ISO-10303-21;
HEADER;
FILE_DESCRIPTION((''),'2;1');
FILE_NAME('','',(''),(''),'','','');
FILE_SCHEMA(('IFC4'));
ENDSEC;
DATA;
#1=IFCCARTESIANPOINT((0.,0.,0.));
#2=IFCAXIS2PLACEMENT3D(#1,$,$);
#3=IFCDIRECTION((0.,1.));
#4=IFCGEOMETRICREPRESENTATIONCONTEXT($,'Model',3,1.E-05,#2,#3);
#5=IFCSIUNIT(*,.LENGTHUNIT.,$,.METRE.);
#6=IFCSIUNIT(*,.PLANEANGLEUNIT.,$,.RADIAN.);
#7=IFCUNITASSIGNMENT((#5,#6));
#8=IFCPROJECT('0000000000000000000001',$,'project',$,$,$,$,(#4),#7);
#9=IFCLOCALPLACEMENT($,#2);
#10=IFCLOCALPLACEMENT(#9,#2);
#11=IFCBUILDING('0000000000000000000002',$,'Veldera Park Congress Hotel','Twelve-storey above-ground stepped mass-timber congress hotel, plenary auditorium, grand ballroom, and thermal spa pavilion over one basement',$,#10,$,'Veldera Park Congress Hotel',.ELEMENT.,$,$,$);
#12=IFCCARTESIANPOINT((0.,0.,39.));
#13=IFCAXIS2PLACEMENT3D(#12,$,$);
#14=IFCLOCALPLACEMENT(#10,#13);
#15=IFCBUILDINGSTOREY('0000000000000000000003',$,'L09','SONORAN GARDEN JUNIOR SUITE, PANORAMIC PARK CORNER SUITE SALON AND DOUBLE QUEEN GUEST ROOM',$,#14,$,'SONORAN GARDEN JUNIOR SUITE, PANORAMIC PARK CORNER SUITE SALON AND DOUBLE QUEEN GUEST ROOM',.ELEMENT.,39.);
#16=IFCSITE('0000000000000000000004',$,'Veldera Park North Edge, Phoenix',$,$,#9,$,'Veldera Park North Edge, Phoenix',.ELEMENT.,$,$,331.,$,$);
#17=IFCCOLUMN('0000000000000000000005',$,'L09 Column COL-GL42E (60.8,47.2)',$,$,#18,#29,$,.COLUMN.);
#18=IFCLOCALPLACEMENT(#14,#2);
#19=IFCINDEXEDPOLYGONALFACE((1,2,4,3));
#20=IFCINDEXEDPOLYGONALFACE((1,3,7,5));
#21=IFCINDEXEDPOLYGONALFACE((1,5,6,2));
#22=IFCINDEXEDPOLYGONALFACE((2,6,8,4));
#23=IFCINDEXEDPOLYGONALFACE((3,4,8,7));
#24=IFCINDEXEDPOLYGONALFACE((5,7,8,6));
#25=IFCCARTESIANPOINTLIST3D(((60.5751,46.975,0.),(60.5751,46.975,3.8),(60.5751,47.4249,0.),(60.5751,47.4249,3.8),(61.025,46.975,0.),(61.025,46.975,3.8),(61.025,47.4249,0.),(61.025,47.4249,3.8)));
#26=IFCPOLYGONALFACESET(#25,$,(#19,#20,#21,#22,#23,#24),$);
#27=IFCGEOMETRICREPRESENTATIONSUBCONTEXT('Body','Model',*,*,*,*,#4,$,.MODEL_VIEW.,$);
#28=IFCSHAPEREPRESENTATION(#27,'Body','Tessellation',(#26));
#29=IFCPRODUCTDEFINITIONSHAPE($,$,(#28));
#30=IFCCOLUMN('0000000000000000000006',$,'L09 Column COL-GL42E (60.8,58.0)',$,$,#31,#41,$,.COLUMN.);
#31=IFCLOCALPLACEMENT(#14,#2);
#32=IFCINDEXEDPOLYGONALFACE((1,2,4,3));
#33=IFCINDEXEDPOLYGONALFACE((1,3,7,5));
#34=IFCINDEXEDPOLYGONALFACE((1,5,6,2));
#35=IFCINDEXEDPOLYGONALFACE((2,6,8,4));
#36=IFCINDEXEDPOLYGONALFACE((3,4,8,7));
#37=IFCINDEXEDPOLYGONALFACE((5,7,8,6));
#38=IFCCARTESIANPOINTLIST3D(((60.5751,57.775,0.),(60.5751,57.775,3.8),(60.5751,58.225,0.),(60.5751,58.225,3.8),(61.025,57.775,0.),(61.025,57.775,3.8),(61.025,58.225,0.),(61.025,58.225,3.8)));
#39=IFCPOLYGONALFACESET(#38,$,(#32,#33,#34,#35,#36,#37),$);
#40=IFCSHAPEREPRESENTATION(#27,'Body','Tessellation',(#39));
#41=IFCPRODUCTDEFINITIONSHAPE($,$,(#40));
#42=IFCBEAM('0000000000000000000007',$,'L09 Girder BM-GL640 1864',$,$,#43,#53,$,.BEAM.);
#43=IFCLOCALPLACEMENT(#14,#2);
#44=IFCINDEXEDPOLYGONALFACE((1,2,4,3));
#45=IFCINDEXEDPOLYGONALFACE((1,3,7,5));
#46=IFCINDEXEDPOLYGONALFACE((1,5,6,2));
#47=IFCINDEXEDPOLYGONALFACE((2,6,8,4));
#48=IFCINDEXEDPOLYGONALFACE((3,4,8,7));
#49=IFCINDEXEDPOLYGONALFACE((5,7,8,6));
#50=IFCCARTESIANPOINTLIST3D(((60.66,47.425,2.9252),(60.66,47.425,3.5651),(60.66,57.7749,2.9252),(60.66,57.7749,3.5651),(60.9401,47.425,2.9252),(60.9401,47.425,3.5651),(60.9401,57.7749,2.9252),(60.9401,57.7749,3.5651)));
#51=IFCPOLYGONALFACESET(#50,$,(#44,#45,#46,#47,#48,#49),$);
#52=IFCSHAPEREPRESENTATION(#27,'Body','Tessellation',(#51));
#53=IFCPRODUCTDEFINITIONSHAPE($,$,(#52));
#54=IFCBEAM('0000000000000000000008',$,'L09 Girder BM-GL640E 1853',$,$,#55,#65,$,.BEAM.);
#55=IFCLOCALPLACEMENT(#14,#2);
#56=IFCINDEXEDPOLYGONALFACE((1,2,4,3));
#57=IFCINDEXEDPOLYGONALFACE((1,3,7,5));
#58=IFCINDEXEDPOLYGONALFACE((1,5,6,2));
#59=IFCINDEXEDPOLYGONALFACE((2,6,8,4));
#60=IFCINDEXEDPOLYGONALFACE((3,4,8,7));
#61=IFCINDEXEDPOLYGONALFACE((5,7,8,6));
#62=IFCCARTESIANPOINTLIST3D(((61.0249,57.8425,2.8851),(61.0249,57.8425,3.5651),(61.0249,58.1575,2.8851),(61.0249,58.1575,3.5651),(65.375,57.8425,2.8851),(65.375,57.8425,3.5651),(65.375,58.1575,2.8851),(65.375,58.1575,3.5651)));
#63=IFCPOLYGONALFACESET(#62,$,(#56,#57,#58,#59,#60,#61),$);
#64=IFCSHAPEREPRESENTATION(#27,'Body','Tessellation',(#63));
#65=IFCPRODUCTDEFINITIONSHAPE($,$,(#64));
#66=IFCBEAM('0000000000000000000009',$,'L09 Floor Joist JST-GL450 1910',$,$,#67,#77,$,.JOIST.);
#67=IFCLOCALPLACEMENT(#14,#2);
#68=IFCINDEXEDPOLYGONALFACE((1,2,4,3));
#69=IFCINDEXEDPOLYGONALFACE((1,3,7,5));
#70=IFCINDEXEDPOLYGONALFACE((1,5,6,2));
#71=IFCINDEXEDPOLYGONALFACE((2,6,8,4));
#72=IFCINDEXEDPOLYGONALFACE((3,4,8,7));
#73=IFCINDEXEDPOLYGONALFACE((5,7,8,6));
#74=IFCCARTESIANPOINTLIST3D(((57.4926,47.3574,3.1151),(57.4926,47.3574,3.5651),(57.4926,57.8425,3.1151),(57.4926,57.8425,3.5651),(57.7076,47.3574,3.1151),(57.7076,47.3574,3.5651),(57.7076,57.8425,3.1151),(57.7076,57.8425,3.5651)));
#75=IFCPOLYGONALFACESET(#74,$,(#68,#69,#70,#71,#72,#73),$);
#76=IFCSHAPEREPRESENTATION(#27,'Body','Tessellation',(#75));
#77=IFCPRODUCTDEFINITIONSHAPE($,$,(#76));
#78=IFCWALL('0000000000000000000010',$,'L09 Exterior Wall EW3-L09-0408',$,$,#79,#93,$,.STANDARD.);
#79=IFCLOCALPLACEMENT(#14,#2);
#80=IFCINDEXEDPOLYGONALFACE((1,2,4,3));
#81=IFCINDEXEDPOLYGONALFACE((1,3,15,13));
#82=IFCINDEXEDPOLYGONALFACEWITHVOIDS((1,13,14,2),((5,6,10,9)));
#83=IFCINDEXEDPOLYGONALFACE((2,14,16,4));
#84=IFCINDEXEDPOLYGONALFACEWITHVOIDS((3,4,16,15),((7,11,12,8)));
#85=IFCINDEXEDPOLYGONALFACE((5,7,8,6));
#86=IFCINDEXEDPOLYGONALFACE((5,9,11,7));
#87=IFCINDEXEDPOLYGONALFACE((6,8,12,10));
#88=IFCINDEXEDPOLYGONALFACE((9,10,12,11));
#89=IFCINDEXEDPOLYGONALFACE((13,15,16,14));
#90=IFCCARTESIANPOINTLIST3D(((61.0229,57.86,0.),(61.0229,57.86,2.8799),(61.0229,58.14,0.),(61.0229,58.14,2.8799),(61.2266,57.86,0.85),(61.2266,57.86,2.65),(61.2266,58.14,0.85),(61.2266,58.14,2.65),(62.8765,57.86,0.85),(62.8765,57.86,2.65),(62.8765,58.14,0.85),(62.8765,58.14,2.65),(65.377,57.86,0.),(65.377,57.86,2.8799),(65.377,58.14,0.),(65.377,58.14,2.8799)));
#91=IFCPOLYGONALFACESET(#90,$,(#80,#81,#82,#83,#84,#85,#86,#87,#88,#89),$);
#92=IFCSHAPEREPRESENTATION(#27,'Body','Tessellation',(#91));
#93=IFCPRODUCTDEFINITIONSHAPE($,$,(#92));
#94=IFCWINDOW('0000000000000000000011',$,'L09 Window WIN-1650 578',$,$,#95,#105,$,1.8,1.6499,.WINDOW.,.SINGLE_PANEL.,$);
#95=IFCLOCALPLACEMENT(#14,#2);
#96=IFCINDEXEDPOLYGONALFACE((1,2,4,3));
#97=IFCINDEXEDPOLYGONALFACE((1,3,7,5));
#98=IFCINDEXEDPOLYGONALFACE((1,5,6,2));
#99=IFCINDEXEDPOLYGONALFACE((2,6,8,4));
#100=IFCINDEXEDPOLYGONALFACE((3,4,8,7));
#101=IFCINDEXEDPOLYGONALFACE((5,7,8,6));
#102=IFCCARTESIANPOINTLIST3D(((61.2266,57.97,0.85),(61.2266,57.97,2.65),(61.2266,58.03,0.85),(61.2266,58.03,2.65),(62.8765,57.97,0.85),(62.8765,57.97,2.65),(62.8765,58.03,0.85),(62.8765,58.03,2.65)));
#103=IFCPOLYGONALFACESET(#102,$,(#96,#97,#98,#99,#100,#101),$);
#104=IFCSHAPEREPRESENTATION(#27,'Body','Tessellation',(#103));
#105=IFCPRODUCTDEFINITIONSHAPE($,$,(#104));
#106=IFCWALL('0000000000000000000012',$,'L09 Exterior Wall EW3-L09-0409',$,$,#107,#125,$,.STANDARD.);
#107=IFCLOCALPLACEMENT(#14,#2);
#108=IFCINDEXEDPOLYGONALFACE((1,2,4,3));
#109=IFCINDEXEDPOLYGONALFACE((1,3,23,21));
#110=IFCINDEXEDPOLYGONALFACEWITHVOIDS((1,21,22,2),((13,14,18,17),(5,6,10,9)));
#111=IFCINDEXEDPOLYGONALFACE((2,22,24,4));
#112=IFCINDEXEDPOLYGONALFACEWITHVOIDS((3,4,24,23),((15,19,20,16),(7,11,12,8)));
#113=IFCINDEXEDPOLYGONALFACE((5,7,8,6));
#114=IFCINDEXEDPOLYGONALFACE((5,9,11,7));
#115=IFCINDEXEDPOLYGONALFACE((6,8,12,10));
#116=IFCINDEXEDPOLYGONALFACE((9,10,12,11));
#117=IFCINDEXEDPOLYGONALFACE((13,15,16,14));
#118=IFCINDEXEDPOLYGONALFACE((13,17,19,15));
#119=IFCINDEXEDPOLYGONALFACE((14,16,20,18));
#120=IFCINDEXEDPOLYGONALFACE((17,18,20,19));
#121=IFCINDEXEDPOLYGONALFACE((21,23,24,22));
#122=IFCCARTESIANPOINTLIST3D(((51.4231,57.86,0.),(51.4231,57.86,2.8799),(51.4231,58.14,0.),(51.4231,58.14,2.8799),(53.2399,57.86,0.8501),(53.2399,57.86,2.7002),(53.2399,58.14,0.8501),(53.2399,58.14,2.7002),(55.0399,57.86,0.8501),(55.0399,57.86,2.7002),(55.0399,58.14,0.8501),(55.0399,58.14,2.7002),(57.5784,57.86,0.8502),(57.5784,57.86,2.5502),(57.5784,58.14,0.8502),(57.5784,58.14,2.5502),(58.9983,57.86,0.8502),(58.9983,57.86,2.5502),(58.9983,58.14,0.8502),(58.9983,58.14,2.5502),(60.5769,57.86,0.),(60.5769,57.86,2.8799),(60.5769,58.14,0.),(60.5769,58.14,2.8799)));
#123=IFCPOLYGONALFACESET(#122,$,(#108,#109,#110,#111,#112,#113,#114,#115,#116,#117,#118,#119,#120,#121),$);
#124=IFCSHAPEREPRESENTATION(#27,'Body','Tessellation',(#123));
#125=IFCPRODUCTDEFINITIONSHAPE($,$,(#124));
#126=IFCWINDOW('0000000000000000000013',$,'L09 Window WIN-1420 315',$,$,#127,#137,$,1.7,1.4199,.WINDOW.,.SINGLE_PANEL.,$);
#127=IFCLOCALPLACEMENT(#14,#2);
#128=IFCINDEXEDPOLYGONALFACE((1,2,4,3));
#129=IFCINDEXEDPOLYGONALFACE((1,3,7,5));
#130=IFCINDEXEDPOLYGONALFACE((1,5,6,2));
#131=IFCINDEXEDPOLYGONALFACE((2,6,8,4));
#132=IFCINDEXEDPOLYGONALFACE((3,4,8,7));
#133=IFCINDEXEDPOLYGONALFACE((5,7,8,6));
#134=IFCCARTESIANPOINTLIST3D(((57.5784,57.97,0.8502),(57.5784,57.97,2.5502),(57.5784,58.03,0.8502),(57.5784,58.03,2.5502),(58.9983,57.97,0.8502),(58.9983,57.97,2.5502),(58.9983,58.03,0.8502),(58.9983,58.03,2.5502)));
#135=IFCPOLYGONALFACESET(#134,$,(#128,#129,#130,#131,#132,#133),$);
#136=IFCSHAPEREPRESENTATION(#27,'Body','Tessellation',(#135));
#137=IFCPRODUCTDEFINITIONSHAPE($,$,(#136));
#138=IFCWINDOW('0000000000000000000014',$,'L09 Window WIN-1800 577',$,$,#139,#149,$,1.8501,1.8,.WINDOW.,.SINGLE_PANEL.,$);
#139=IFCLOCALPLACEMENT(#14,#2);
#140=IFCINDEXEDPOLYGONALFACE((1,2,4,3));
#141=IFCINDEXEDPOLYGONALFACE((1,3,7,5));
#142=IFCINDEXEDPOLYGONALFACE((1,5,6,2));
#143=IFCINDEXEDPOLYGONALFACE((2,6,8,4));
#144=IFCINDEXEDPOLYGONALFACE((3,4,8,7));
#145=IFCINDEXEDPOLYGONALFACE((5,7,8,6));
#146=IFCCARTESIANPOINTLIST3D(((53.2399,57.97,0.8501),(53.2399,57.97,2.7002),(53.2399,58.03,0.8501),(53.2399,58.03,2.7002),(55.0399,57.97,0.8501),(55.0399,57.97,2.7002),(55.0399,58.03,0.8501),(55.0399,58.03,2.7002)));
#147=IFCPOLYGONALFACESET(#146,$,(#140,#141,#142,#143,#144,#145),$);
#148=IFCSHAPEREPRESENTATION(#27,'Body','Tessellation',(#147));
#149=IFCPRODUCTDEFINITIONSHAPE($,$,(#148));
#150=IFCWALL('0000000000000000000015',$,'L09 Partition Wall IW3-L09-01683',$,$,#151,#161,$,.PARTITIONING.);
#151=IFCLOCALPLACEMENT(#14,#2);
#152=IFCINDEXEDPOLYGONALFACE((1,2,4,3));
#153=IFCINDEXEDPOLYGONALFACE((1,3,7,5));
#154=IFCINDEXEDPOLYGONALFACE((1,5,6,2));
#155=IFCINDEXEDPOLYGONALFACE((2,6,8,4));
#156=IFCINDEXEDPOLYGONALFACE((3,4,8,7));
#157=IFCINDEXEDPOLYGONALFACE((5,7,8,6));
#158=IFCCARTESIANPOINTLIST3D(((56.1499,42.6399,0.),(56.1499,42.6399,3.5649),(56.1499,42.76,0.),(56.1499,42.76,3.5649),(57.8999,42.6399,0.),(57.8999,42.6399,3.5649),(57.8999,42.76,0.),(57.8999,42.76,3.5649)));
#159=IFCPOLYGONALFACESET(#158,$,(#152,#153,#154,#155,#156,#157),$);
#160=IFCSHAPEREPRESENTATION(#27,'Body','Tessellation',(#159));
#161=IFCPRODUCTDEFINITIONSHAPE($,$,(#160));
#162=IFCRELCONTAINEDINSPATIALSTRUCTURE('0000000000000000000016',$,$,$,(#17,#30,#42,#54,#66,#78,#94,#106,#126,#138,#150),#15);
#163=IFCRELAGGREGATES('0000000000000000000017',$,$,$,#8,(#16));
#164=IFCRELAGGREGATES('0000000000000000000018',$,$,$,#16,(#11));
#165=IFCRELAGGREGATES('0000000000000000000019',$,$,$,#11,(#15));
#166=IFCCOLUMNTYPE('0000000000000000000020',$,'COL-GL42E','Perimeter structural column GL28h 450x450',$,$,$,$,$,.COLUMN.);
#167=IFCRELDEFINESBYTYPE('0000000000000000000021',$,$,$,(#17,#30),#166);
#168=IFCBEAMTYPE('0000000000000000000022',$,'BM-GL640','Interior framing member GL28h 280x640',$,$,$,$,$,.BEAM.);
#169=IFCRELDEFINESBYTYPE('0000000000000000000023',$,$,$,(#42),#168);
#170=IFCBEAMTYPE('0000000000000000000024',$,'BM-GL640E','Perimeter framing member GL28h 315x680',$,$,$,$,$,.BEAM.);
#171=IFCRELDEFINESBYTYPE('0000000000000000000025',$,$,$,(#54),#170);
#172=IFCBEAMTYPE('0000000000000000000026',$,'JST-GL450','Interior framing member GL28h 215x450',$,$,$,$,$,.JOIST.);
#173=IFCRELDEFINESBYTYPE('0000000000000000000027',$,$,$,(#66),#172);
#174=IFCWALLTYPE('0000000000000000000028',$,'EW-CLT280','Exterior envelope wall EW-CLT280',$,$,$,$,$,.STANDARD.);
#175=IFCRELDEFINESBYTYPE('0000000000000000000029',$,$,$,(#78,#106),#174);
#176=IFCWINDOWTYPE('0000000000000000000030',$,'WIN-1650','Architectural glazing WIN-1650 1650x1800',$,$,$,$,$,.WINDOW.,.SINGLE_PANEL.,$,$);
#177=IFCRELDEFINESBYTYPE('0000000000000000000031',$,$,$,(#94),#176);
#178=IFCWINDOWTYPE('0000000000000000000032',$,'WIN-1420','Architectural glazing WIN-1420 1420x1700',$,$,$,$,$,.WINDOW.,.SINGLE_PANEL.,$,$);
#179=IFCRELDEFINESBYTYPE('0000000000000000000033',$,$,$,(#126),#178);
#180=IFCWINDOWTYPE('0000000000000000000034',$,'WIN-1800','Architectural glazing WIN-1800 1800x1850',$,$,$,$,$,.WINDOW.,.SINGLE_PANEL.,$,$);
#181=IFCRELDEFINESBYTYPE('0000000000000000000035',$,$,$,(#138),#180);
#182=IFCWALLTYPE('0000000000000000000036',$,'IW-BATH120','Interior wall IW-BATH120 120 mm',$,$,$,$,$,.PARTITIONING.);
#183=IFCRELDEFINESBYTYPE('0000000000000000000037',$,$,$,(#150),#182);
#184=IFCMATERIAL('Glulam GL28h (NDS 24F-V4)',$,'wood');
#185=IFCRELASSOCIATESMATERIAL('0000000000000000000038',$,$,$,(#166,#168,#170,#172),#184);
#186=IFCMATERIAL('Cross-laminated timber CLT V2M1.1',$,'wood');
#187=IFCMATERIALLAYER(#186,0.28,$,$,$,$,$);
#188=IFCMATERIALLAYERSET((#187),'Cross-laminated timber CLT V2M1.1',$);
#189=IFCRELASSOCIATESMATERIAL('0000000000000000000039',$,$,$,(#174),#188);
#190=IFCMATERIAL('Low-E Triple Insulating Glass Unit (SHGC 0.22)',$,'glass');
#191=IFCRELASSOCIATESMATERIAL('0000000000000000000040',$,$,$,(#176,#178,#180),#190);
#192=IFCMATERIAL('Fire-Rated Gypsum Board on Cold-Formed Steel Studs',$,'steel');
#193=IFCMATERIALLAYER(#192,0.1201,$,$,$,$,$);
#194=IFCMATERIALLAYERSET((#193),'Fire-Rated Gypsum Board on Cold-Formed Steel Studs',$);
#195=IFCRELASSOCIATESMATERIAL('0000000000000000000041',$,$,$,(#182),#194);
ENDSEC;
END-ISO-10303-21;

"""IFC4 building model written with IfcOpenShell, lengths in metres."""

from ifc_helpers import new_model, si_unit, direction, frame, frame_2d, origin, origin_2d, place, context, subcontext, project, spatial, rectangle, extrude, material, layer, layer_set, material_profile, profile_set, type_object, element, fill, save


model = new_model("IFC4")

# Units and contexts
model_context = context("Model", 3, precision=1e-05, world=origin(), true_north=direction((0.0, 1.0)))
body_context = subcontext(model_context, "Body", "Model", "MODEL_VIEW")
ifc_project = project(units=[si_unit("LENGTHUNIT", "METRE"), si_unit("PLANEANGLEUNIT", "RADIAN")], contexts=[model_context])

# Site, building, storey
site_placement = place(None, origin())
site = spatial("IfcSite", under=ifc_project, at=site_placement, Name="Veldera Park North Edge, Phoenix", LongName="Veldera Park North Edge, Phoenix", CompositionType="ELEMENT", RefElevation=331.0)
building_placement = place(site_placement, origin())
building = spatial("IfcBuilding", under=site, at=building_placement, Name="Veldera Park Congress Hotel", Description="Twelve-storey above-ground stepped mass-timber congress hotel, plenary auditorium, grand ballroom, and thermal spa pavilion over one basement", LongName="Veldera Park Congress Hotel", CompositionType="ELEMENT")
storey_placement = place(building_placement, frame((0.0, 0.0, 39.0)))
storey = spatial("IfcBuildingStorey", under=building, at=storey_placement, Name="L09", Description="SONORAN GARDEN JUNIOR SUITE, PANORAMIC PARK CORNER SUITE SALON AND DOUBLE QUEEN GUEST ROOM", LongName="SONORAN GARDEN JUNIOR SUITE, PANORAMIC PARK CORNER SUITE SALON AND DOUBLE QUEEN GUEST ROOM", CompositionType="ELEMENT", Elevation=39.0)

# Columns
ifc_material_1 = material(Name="Glulam GL28h (NDS 24F-V4)", Category="wood")
ifc_material_profile_1 = material_profile(ifc_material_1, rectangle(XDim=0.45, YDim=0.45, at=origin_2d()), Name="GL28h 450x450")
ifc_profile_set_1 = profile_set([ifc_material_profile_1], Name="Glulam GL28h (NDS 24F-V4)")
column_type = type_object("IfcColumnType", Name="COL-GL42E", Description="Perimeter structural column GL28h 450x450", PredefinedType="COLUMN", material=ifc_profile_set_1)
for number, where, z_axis, x_axis, name in (
    (1, (60.8, 47.2, 0.0), (0.0, 0.0, 1.0), (1.0, 0.0, 0.0), "L09 Column COL-GL42E (60.8,47.2)"),
    (2, (60.8, 58.0, 0.0), (0.0, 0.0, 1.0), (1.0, 0.0, 0.0), "L09 Column COL-GL42E (60.8,58.0)"),
):
    element("IfcColumn", number, at=place(storey_placement, frame(where, z_axis=z_axis, x_axis=x_axis)), inside=storey, type_object=column_type, Name=name, PredefinedType="COLUMN", context=body_context, shape_type="SweptSolid", body=[
        extrude(rectangle(XDim=0.45, YDim=0.45, at=origin_2d()), origin(), (0.0, 0.0, 1.0), 3.8),
    ])

# Beams
ifc_material_profile_2 = material_profile(ifc_material_1, rectangle(XDim=0.28, YDim=0.6399, at=origin_2d()), Name="GL28h 280x640")
ifc_profile_set_2 = profile_set([ifc_material_profile_2], Name="Glulam GL28h (NDS 24F-V4)")
beam_type_1 = type_object("IfcBeamType", Name="BM-GL640", Description="Interior framing member GL28h 280x640", PredefinedType="BEAM", material=ifc_profile_set_2)
beam_1_placement = place(storey_placement, frame((60.8, 47.425, 3.2451), z_axis=(0.0, 1.0, 0.0), x_axis=(-1.0, 0.0, 0.0)))
element("IfcBeam", 3, at=beam_1_placement, inside=storey, type_object=beam_type_1, Name="L09 Girder BM-GL640 1864", PredefinedType="BEAM", context=body_context, shape_type="SweptSolid", body=[
    extrude(rectangle(XDim=0.28, YDim=0.6399, at=origin_2d()), origin(), (0.0, 0.0, 1.0), 10.3499),
])
ifc_material_profile_3 = material_profile(ifc_material_1, rectangle(XDim=0.3149, YDim=0.6799, at=origin_2d()), Name="GL28h 315x680")
ifc_profile_set_3 = profile_set([ifc_material_profile_3], Name="Glulam GL28h (NDS 24F-V4)")
beam_type_2 = type_object("IfcBeamType", Name="BM-GL640E", Description="Perimeter framing member GL28h 315x680", PredefinedType="BEAM", material=ifc_profile_set_3)
beam_2_placement = place(storey_placement, frame((61.0249, 58.0, 3.2251), z_axis=(1.0, 0.0, 0.0), x_axis=(0.0, 1.0, 0.0)))
element("IfcBeam", 4, at=beam_2_placement, inside=storey, type_object=beam_type_2, Name="L09 Girder BM-GL640E 1853", PredefinedType="BEAM", context=body_context, shape_type="SweptSolid", body=[
    extrude(rectangle(XDim=0.3149, YDim=0.6799, at=origin_2d()), origin(), (0.0, 0.0, 1.0), 4.3501),
])
ifc_material_profile_4 = material_profile(ifc_material_1, rectangle(XDim=0.2151, YDim=0.45, at=origin_2d()), Name="GL28h 215x450")
ifc_profile_set_4 = profile_set([ifc_material_profile_4], Name="Glulam GL28h (NDS 24F-V4)")
beam_type_3 = type_object("IfcBeamType", Name="JST-GL450", Description="Interior framing member GL28h 215x450", PredefinedType="JOIST", material=ifc_profile_set_4)
beam_3_placement = place(storey_placement, frame((57.6001, 47.3574, 3.3401), z_axis=(0.0, 1.0, 0.0), x_axis=(-1.0, 0.0, 0.0)))
element("IfcBeam", 5, at=beam_3_placement, inside=storey, type_object=beam_type_3, Name="L09 Floor Joist JST-GL450 1910", PredefinedType="JOIST", context=body_context, shape_type="SweptSolid", body=[
    extrude(rectangle(XDim=0.2151, YDim=0.45, at=origin_2d()), origin(), (0.0, 0.0, 1.0), 10.4851),
])

# Wall, opening, window
ifc_material_2 = material(Name="Cross-laminated timber CLT V2M1.1", Category="wood")
ifc_layer_1 = layer(ifc_material_2, 0.28)
ifc_layer_set_1 = layer_set([ifc_layer_1], Name="Cross-laminated timber CLT V2M1.1")
wall_type_1 = type_object("IfcWallType", Name="EW-CLT280", Description="Exterior envelope wall EW-CLT280", PredefinedType="STANDARD", material=ifc_layer_set_1)
wall_1_placement = place(storey_placement, frame((65.377, 58.0, 0.0), z_axis=(0.0, 0.0, 1.0), x_axis=(-1.0, 0.0, 0.0)))
wall_1 = element("IfcWall", 6, at=wall_1_placement, inside=storey, type_object=wall_type_1, Name="L09 Exterior Wall EW3-L09-0408", PredefinedType="STANDARD", context=body_context, shape_type="SweptSolid", body=[
    extrude(rectangle(XDim=4.354, YDim=0.28, at=frame_2d((2.177, 0.0))), origin(), (0.0, 0.0, 1.0), 2.8799),
])
opening_1_placement = place(wall_1_placement, frame((2.5005, 0.0, 0.8501)))
opening_1 = element("IfcOpeningElement", 7, at=opening_1_placement, cuts=wall_1, PredefinedType="OPENING", context=body_context, shape_type="SweptSolid", body=[
    extrude(rectangle(XDim=1.6499, YDim=1.8, at=frame_2d((0.825, 0.8999))), frame((0.0, 0.1521, 0.0), z_axis=(0.0, -1.0, 0.0), x_axis=(1.0, 0.0, 0.0)), (0.0, 0.0, 1.0), 0.304),
])
ifc_material_3 = material(Name="Low-E Triple Insulating Glass Unit (SHGC 0.22)", Category="glass")
window_type_1 = type_object("IfcWindowType", Name="WIN-1650", Description="Architectural glazing WIN-1650 1650x1800", PartitioningType="SINGLE_PANEL", PredefinedType="WINDOW", material=ifc_material_3)
window_1_placement = place(opening_1_placement, origin())
window_1 = element("IfcWindow", 8, at=window_1_placement, inside=storey, type_object=window_type_1, Name="L09 Window WIN-1650 578", OverallHeight=1.8, OverallWidth=1.6499, PartitioningType="SINGLE_PANEL", PredefinedType="WINDOW", context=body_context, shape_type="SweptSolid", body=[
    extrude(rectangle(XDim=1.6499, YDim=1.8, at=frame_2d((0.825, 0.8999))), frame((0.0, 0.03, 0.0), z_axis=(0.0, -1.0, 0.0), x_axis=(1.0, 0.0, 0.0)), (0.0, 0.0, 1.0), 0.0601),
])
fill(opening_1, window_1)

# Wall, openings, windows
wall_2_placement = place(storey_placement, frame((60.5769, 58.0, 0.0), z_axis=(0.0, 0.0, 1.0), x_axis=(-1.0, 0.0, 0.0)))
wall_2 = element("IfcWall", 9, at=wall_2_placement, inside=storey, type_object=wall_type_1, Name="L09 Exterior Wall EW3-L09-0409", PredefinedType="STANDARD", context=body_context, shape_type="SweptSolid", body=[
    extrude(rectangle(XDim=9.1538, YDim=0.28, at=frame_2d((4.5769, 0.0))), origin(), (0.0, 0.0, 1.0), 2.8799),
])
opening_2_placement = place(wall_2_placement, frame((1.5786, 0.0, 0.8501)))
opening_2 = element("IfcOpeningElement", 10, at=opening_2_placement, cuts=wall_2, PredefinedType="OPENING", context=body_context, shape_type="SweptSolid", body=[
    extrude(rectangle(XDim=1.4199, YDim=1.7, at=frame_2d((0.71, 0.8501))), frame((0.0, 0.1521, 0.0), z_axis=(0.0, -1.0, 0.0), x_axis=(1.0, 0.0, 0.0)), (0.0, 0.0, 1.0), 0.304),
])
opening_3_placement = place(wall_2_placement, frame((5.5371, 0.0, 0.8501)))
opening_3 = element("IfcOpeningElement", 11, at=opening_3_placement, cuts=wall_2, PredefinedType="OPENING", context=body_context, shape_type="SweptSolid", body=[
    extrude(rectangle(XDim=1.8, YDim=1.8501, at=frame_2d((0.8999, 0.925))), frame((0.0, 0.1521, 0.0), z_axis=(0.0, -1.0, 0.0), x_axis=(1.0, 0.0, 0.0)), (0.0, 0.0, 1.0), 0.304),
])
window_type_2 = type_object("IfcWindowType", Name="WIN-1420", Description="Architectural glazing WIN-1420 1420x1700", PartitioningType="SINGLE_PANEL", PredefinedType="WINDOW", material=ifc_material_3)
window_2_placement = place(opening_2_placement, origin())
window_2 = element("IfcWindow", 12, at=window_2_placement, inside=storey, type_object=window_type_2, Name="L09 Window WIN-1420 315", OverallHeight=1.7, OverallWidth=1.4199, PartitioningType="SINGLE_PANEL", PredefinedType="WINDOW", context=body_context, shape_type="SweptSolid", body=[
    extrude(rectangle(XDim=1.4199, YDim=1.7, at=frame_2d((0.71, 0.8501))), frame((0.0, 0.03, 0.0), z_axis=(0.0, -1.0, 0.0), x_axis=(1.0, 0.0, 0.0)), (0.0, 0.0, 1.0), 0.0601),
])
fill(opening_2, window_2)
window_type_3 = type_object("IfcWindowType", Name="WIN-1800", Description="Architectural glazing WIN-1800 1800x1850", PartitioningType="SINGLE_PANEL", PredefinedType="WINDOW", material=ifc_material_3)
window_3_placement = place(opening_3_placement, origin())
window_3 = element("IfcWindow", 13, at=window_3_placement, inside=storey, type_object=window_type_3, Name="L09 Window WIN-1800 577", OverallHeight=1.8501, OverallWidth=1.8, PartitioningType="SINGLE_PANEL", PredefinedType="WINDOW", context=body_context, shape_type="SweptSolid", body=[
    extrude(rectangle(XDim=1.8, YDim=1.8501, at=frame_2d((0.8999, 0.925))), frame((0.0, 0.03, 0.0), z_axis=(0.0, -1.0, 0.0), x_axis=(1.0, 0.0, 0.0)), (0.0, 0.0, 1.0), 0.0601),
])
fill(opening_3, window_3)

# Shared definitions
ifc_material_4 = material(Name="Fire-Rated Gypsum Board on Cold-Formed Steel Studs", Category="steel")
ifc_layer_2 = layer(ifc_material_4, 0.1201)
ifc_layer_set_2 = layer_set([ifc_layer_2], Name="Fire-Rated Gypsum Board on Cold-Formed Steel Studs")
wall_type_2 = type_object("IfcWallType", Name="IW-BATH120", Description="Interior wall IW-BATH120 120 mm", PredefinedType="PARTITIONING", material=ifc_layer_set_2)

# Wall
wall_3_placement = place(storey_placement, frame((56.1499, 42.7, 0.0), z_axis=(0.0, 0.0, 1.0), x_axis=(1.0, 0.0, 0.0)))
element("IfcWall", 14, at=wall_3_placement, inside=storey, type_object=wall_type_2, Name="L09 Partition Wall IW3-L09-01683", PredefinedType="PARTITIONING", context=body_context, shape_type="SweptSolid", body=[
    extrude(rectangle(XDim=1.75, YDim=0.1201, at=frame_2d((0.875, 0.0))), origin(), (0.0, 0.0, 1.0), 3.5649),
])

save(model, "model.ifc")
